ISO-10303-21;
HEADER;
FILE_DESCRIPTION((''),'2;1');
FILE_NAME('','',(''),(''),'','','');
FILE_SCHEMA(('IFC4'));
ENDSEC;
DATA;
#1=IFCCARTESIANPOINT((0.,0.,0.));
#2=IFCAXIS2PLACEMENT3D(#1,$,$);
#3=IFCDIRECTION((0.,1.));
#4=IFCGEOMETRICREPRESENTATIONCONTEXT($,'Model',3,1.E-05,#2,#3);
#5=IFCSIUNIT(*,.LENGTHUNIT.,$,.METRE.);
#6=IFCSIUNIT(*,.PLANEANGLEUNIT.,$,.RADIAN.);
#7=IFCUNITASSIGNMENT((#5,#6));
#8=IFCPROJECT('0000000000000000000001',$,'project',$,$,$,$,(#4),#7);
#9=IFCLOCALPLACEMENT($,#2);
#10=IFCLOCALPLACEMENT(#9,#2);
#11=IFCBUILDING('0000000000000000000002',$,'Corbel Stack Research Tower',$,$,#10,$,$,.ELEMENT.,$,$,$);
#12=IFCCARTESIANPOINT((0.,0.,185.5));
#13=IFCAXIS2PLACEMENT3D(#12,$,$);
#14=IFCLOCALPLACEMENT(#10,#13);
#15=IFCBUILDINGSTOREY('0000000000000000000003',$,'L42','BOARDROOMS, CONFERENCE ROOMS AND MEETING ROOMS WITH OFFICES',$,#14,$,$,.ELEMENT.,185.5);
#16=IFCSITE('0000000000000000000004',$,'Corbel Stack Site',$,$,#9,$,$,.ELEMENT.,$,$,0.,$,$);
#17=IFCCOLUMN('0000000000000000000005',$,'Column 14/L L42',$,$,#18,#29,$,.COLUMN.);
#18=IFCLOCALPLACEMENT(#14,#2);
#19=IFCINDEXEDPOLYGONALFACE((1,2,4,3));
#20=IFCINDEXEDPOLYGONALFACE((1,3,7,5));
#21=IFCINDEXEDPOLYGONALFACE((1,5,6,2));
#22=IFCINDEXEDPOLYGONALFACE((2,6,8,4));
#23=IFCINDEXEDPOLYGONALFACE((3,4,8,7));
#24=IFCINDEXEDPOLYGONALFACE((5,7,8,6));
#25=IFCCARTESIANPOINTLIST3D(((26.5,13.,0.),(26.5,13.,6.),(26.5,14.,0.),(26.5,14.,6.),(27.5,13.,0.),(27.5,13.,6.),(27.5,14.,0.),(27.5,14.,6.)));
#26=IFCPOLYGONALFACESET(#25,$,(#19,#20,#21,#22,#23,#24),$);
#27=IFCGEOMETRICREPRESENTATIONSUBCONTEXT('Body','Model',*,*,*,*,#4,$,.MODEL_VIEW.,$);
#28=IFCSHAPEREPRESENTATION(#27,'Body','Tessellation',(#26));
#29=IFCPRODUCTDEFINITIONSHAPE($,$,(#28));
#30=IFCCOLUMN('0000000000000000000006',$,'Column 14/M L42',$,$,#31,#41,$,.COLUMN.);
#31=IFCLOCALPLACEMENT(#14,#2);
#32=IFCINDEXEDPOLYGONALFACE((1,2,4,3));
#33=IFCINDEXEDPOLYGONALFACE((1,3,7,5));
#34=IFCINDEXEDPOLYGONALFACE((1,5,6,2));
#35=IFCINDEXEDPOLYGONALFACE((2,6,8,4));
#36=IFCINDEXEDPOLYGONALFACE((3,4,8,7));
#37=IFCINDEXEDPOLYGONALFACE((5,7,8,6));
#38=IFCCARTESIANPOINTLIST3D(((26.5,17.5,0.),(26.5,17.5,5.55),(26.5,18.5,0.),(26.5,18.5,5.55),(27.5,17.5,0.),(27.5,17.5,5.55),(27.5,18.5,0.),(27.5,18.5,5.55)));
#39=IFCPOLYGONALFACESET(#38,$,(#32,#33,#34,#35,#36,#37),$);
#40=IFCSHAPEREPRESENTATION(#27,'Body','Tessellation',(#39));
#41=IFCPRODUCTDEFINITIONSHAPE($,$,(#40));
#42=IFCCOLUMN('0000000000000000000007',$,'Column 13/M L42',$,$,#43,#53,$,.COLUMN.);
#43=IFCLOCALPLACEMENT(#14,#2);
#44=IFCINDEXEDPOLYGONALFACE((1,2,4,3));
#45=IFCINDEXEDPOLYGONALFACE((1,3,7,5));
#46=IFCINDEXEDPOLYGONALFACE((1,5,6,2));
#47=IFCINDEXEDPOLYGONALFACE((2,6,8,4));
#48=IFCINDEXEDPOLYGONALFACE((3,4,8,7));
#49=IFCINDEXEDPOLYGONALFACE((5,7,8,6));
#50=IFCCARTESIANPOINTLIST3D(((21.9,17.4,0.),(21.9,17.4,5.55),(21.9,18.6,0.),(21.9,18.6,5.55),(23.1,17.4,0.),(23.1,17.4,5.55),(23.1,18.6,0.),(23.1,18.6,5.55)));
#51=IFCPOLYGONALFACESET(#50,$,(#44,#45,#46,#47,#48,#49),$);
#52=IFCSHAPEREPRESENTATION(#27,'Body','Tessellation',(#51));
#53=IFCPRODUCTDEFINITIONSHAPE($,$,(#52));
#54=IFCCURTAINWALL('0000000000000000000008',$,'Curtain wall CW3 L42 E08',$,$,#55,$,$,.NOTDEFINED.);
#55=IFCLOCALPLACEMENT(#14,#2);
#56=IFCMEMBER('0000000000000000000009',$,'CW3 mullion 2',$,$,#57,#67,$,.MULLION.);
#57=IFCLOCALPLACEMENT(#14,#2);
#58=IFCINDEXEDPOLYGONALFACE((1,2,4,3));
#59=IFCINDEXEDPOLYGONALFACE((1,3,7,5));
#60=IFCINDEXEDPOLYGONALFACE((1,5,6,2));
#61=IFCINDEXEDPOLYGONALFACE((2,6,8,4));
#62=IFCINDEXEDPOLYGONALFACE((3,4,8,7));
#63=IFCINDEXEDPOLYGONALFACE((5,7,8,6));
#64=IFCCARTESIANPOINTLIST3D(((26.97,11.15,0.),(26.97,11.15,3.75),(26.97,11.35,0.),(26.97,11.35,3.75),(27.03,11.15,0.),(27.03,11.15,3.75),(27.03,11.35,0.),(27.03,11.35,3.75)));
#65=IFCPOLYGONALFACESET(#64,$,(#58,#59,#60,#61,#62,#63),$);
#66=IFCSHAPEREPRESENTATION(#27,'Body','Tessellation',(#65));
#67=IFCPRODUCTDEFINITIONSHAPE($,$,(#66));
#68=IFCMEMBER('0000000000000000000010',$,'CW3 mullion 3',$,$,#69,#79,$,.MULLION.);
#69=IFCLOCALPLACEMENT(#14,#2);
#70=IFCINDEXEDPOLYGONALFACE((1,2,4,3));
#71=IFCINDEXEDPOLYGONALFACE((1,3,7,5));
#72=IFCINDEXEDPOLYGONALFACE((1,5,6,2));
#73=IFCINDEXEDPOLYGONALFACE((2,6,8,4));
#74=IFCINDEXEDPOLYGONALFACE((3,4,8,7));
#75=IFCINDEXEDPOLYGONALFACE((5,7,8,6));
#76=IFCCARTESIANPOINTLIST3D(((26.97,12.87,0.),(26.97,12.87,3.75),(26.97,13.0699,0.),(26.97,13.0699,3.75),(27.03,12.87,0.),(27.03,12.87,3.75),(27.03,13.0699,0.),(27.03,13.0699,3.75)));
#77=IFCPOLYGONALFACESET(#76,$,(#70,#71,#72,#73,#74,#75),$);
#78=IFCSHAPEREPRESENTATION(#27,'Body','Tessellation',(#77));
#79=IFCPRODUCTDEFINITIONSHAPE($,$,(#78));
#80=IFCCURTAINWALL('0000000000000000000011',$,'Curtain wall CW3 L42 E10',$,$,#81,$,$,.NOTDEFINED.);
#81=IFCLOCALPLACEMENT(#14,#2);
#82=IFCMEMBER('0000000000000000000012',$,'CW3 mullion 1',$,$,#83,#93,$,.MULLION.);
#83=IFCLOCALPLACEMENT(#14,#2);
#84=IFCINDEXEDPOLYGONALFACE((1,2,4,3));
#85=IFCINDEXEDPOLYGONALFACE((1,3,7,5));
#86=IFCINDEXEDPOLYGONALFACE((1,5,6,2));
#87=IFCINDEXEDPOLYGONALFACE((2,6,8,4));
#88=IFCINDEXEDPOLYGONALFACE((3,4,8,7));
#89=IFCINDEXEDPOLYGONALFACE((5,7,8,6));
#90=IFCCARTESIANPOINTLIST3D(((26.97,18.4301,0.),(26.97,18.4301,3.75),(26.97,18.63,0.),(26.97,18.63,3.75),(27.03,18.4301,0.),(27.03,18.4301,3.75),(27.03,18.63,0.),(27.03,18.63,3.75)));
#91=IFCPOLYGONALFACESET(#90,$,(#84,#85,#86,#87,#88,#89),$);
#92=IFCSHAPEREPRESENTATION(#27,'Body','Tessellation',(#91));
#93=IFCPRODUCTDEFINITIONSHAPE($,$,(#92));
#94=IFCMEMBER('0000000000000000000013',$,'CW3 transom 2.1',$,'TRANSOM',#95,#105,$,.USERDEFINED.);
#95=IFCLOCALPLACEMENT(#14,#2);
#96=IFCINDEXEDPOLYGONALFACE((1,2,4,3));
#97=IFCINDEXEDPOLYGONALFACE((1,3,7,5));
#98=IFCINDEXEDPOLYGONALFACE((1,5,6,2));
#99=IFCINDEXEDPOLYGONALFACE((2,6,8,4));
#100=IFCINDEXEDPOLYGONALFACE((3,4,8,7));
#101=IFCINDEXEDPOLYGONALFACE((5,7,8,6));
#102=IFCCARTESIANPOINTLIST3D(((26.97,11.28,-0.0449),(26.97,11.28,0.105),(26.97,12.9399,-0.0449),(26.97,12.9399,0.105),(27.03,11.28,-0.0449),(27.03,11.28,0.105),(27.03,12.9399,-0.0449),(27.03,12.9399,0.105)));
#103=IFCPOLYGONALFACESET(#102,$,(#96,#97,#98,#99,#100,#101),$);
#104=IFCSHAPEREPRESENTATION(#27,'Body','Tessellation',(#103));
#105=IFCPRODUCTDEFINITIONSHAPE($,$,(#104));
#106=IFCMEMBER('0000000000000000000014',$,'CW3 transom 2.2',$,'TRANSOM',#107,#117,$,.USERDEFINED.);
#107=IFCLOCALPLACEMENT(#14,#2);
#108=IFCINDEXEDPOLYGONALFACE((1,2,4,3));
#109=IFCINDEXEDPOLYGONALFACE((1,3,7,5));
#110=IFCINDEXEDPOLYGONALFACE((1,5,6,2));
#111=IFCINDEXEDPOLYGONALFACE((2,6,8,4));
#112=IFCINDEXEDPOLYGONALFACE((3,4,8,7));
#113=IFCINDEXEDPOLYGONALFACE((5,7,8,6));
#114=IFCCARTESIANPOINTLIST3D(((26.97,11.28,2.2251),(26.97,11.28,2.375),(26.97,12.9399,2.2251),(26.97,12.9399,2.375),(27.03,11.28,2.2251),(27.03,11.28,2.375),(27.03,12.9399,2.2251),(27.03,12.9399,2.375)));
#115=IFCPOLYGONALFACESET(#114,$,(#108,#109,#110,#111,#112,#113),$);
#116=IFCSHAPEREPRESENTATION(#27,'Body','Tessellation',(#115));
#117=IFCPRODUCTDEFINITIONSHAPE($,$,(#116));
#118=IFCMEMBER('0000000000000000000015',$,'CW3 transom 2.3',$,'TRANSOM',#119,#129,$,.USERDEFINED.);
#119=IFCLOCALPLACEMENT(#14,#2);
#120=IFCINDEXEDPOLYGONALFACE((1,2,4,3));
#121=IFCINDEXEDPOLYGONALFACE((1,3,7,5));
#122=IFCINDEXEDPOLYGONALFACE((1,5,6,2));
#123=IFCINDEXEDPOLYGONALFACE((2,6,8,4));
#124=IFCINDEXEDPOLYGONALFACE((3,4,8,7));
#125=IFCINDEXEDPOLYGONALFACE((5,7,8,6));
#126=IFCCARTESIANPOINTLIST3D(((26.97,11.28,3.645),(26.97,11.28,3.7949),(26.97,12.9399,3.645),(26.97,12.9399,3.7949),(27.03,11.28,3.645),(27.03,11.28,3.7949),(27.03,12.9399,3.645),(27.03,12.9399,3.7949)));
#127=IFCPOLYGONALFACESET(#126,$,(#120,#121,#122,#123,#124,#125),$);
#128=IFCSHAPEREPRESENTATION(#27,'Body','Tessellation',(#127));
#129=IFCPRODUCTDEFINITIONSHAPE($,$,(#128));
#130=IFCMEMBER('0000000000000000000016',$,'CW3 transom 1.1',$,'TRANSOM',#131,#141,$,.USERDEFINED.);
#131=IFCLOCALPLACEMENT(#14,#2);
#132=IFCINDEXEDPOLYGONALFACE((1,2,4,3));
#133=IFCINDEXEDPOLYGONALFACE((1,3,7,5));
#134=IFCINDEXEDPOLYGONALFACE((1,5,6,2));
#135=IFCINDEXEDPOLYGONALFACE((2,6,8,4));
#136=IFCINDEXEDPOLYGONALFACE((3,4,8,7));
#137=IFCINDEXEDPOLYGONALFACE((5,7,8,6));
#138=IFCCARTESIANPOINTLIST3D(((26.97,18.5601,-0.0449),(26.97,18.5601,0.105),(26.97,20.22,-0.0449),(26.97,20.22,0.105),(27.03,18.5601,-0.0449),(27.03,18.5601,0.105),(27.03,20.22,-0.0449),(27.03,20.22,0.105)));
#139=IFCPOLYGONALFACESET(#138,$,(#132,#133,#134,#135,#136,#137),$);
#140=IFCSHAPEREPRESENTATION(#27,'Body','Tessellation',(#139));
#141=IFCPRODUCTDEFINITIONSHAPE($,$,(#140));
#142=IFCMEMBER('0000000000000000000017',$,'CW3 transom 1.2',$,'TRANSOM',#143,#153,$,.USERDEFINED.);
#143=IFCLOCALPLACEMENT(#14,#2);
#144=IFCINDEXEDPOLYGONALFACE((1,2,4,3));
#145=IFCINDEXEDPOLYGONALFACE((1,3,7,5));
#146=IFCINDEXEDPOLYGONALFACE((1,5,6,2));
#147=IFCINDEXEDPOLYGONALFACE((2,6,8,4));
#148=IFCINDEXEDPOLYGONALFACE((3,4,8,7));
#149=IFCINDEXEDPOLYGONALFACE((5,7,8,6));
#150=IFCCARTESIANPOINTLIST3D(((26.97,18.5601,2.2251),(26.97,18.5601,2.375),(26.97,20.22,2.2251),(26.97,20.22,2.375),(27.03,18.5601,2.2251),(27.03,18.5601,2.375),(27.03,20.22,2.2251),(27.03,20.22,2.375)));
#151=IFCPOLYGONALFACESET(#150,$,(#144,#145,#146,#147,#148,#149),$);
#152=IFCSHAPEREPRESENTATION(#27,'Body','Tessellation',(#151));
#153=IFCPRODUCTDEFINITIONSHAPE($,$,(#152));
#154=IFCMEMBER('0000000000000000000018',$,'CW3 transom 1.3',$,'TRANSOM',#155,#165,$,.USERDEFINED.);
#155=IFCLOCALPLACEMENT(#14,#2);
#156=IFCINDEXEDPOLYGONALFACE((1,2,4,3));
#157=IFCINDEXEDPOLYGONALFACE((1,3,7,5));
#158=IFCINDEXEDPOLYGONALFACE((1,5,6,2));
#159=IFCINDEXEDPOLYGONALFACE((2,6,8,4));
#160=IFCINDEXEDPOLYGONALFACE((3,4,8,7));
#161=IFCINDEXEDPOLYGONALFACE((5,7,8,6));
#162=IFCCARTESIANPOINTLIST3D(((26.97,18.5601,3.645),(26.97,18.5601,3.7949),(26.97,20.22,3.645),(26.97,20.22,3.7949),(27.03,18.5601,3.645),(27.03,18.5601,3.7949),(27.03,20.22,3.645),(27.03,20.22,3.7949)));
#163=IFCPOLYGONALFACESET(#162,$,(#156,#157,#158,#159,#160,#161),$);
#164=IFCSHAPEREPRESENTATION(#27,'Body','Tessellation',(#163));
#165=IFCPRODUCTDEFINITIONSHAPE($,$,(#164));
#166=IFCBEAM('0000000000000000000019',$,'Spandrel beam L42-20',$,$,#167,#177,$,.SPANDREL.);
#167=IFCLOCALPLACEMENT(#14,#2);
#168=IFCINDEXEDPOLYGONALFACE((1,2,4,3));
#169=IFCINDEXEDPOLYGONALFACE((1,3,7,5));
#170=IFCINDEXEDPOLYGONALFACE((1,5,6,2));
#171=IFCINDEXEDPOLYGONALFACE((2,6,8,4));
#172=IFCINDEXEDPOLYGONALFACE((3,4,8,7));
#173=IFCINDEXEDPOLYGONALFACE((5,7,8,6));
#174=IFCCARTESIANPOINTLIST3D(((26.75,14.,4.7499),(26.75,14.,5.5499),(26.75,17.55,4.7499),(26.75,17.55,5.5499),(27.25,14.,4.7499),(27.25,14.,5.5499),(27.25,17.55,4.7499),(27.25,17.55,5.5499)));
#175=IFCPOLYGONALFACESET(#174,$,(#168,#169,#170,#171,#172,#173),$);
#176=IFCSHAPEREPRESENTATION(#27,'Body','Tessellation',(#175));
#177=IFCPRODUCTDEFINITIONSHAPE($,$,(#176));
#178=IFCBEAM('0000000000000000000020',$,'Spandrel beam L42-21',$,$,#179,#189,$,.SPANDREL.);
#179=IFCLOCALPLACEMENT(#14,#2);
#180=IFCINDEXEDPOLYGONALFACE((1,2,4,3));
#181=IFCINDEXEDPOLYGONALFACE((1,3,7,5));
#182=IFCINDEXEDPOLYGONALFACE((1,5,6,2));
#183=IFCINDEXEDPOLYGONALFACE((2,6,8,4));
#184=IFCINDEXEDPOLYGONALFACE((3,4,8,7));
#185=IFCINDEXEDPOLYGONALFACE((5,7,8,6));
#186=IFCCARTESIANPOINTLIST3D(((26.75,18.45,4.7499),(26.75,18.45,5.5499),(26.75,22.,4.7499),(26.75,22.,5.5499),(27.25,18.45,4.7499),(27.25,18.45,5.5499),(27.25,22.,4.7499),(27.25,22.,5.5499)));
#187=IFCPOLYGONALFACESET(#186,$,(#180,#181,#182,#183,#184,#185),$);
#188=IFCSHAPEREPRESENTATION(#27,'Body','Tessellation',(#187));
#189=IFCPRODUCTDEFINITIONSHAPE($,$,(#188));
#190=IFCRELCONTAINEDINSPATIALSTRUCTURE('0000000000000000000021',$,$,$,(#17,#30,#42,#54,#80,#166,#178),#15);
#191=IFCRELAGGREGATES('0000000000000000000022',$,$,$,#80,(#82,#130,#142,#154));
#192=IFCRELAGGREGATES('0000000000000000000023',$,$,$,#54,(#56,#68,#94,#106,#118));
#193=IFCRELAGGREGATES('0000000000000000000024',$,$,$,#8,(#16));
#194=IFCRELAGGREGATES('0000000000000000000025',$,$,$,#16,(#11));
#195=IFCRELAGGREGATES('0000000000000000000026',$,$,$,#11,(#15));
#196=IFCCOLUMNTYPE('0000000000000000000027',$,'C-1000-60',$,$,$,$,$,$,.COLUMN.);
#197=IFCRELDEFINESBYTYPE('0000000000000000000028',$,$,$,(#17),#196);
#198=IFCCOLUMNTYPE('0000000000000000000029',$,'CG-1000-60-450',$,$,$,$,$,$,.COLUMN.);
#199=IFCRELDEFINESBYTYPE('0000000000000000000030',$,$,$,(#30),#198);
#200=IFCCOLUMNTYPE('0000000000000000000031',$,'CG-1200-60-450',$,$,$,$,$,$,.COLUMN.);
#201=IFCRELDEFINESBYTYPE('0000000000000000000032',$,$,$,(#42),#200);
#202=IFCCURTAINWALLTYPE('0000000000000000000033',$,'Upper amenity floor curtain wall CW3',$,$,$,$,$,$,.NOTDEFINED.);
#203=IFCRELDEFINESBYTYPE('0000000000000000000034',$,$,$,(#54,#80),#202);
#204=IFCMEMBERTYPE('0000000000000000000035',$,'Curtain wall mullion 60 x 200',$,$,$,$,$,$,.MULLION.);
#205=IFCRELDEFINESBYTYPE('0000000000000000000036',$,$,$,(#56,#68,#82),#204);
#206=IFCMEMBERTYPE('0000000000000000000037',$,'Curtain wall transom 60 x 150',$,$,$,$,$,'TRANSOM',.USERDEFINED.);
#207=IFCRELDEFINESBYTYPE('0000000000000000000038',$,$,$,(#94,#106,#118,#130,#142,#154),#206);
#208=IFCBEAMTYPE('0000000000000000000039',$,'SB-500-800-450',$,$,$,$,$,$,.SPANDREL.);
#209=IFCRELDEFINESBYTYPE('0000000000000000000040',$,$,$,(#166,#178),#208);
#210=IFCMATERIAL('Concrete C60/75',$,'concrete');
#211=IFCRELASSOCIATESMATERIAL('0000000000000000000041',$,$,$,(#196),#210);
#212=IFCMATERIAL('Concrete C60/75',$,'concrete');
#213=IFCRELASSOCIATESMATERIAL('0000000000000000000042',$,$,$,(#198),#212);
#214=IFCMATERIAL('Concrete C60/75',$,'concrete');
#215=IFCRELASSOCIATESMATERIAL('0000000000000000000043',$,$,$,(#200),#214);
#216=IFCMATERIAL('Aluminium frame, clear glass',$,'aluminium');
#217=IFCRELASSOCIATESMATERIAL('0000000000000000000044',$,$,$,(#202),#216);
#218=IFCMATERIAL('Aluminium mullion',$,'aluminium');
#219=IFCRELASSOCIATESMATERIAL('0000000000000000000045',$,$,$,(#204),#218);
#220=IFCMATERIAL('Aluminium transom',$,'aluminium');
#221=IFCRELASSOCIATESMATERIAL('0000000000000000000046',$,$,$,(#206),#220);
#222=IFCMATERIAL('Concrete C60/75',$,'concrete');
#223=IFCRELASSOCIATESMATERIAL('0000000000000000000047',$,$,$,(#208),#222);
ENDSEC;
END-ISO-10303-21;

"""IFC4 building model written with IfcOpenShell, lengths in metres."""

from ifc_helpers import new_model, si_unit, direction, frame, origin, origin_2d, place, context, subcontext, project, spatial, rectangle, extrude, material, material_profile, profile_set, type_object, element, aggregate, save


model = new_model("IFC4")

# Units and contexts
model_context = context("Model", 3, precision=1e-05, world=origin(), true_north=direction((0.0, 1.0)))
body_context = subcontext(model_context, "Body", "Model", "MODEL_VIEW")
ifc_project = project(units=[si_unit("LENGTHUNIT", "METRE"), si_unit("PLANEANGLEUNIT", "RADIAN")], contexts=[model_context])

# Site, building, storey
site_placement = place(None, origin())
site = spatial("IfcSite", under=ifc_project, at=site_placement, Name="Corbel Stack Site", CompositionType="ELEMENT", RefElevation=0.0)
building_placement = place(site_placement, origin())
building = spatial("IfcBuilding", under=site, at=building_placement, Name="Corbel Stack Research Tower", CompositionType="ELEMENT")
storey_placement = place(building_placement, frame((0.0, 0.0, 185.5)))
storey = spatial("IfcBuildingStorey", under=building, at=storey_placement, Name="L42", Description="BOARDROOMS, CONFERENCE ROOMS AND MEETING ROOMS WITH OFFICES", CompositionType="ELEMENT", Elevation=185.5)

# Columns
ifc_material_1 = material(Name="Concrete C60/75", Category="concrete")
ifc_material_profile_1 = material_profile(ifc_material_1, rectangle(XDim=1.0, YDim=1.0, at=origin_2d()), Name="RC 1000 x 1000")
ifc_profile_set_1 = profile_set([ifc_material_profile_1], Name="Concrete C60/75")
column_type_1 = type_object("IfcColumnType", Name="C-1000-60", PredefinedType="COLUMN", material=ifc_profile_set_1)
column_1_placement = place(storey_placement, frame((27.0, 13.5, 0.0), z_axis=(0.0, 0.0, 1.0), x_axis=(1.0, 0.0, 0.0)))
element("IfcColumn", 1, at=column_1_placement, inside=storey, type_object=column_type_1, Name="Column 14/L L42", PredefinedType="COLUMN", context=body_context, shape_type="SweptSolid", body=[
    extrude(rectangle(XDim=1.0, YDim=1.0, at=origin_2d()), origin(), (0.0, 0.0, 1.0), 6.0),
])
ifc_material_2 = material(Name="Concrete C60/75", Category="concrete")
ifc_material_profile_2 = material_profile(ifc_material_2, rectangle(XDim=1.0, YDim=1.0, at=origin_2d()), Name="RC 1000 x 1000")
ifc_profile_set_2 = profile_set([ifc_material_profile_2], Name="Concrete C60/75")
column_type_2 = type_object("IfcColumnType", Name="CG-1000-60-450", PredefinedType="COLUMN", material=ifc_profile_set_2)
column_2_placement = place(storey_placement, frame((27.0, 18.0, 0.0), z_axis=(0.0, 0.0, 1.0), x_axis=(1.0, 0.0, 0.0)))
element("IfcColumn", 2, at=column_2_placement, inside=storey, type_object=column_type_2, Name="Column 14/M L42", PredefinedType="COLUMN", context=body_context, shape_type="SweptSolid", body=[
    extrude(rectangle(XDim=1.0, YDim=1.0, at=origin_2d()), origin(), (0.0, 0.0, 1.0), 5.55),
])
ifc_material_3 = material(Name="Concrete C60/75", Category="concrete")
ifc_material_profile_3 = material_profile(ifc_material_3, rectangle(XDim=1.2, YDim=1.2, at=origin_2d()), Name="RC 1200 x 1200")
ifc_profile_set_3 = profile_set([ifc_material_profile_3], Name="Concrete C60/75")
column_type_3 = type_object("IfcColumnType", Name="CG-1200-60-450", PredefinedType="COLUMN", material=ifc_profile_set_3)
column_3_placement = place(storey_placement, frame((22.5, 18.0, 0.0), z_axis=(0.0, 0.0, 1.0), x_axis=(1.0, 0.0, 0.0)))
element("IfcColumn", 3, at=column_3_placement, inside=storey, type_object=column_type_3, Name="Column 13/M L42", PredefinedType="COLUMN", context=body_context, shape_type="SweptSolid", body=[
    extrude(rectangle(XDim=1.2, YDim=1.2, at=origin_2d()), origin(), (0.0, 0.0, 1.0), 5.55),
])

# Curtain wall, members
ifc_material_4 = material(Name="Aluminium frame, clear glass", Category="aluminium")
curtain_wall_type = type_object("IfcCurtainWallType", Name="Upper amenity floor curtain wall CW3", PredefinedType="NOTDEFINED", material=ifc_material_4)
curtain_wall_1_placement = place(storey_placement, origin())
curtain_wall_1 = element("IfcCurtainWall", 4, at=curtain_wall_1_placement, inside=storey, type_object=curtain_wall_type, Name="Curtain wall CW3 L42 E08", PredefinedType="NOTDEFINED")
ifc_material_5 = material(Name="Aluminium mullion", Category="aluminium")
ifc_material_profile_4 = material_profile(ifc_material_5, rectangle(XDim=0.0601, YDim=0.2, at=origin_2d()), Name="Mullion 60 x 200")
ifc_profile_set_4 = profile_set([ifc_material_profile_4], Name="Aluminium mullion")
member_type_1 = type_object("IfcMemberType", Name="Curtain wall mullion 60 x 200", PredefinedType="MULLION", material=ifc_profile_set_4)
member_1_placement = place(storey_placement, frame((27.0, 11.25, 0.0), z_axis=(0.0, 0.0, 1.0), x_axis=(-1.0, 0.0, 0.0)))
member_1 = element("IfcMember", 5, at=member_1_placement, type_object=member_type_1, Name="CW3 mullion 2", PredefinedType="MULLION", context=body_context, shape_type="SweptSolid", body=[
    extrude(rectangle(XDim=0.0601, YDim=0.2, at=origin_2d()), origin(), (0.0, 0.0, 1.0), 3.75),
])
member_2_placement = place(storey_placement, frame((27.0, 12.97, 0.0), z_axis=(0.0, 0.0, 1.0), x_axis=(-1.0, 0.0, 0.0)))
member_2 = element("IfcMember", 6, at=member_2_placement, type_object=member_type_1, Name="CW3 mullion 3", PredefinedType="MULLION", context=body_context, shape_type="SweptSolid", body=[
    extrude(rectangle(XDim=0.0601, YDim=0.2, at=origin_2d()), origin(), (0.0, 0.0, 1.0), 3.75),
])

# Curtain wall, member
curtain_wall_2_placement = place(storey_placement, origin())
curtain_wall_2 = element("IfcCurtainWall", 7, at=curtain_wall_2_placement, inside=storey, type_object=curtain_wall_type, Name="Curtain wall CW3 L42 E10", PredefinedType="NOTDEFINED")
member_3_placement = place(storey_placement, frame((27.0, 18.53, 0.0), z_axis=(0.0, 0.0, 1.0), x_axis=(-1.0, 0.0, 0.0)))
member_3 = element("IfcMember", 8, at=member_3_placement, type_object=member_type_1, Name="CW3 mullion 1", PredefinedType="MULLION", context=body_context, shape_type="SweptSolid", body=[
    extrude(rectangle(XDim=0.0601, YDim=0.2, at=origin_2d()), origin(), (0.0, 0.0, 1.0), 3.75),
])

# Members
ifc_material_6 = material(Name="Aluminium transom", Category="aluminium")
ifc_material_profile_5 = material_profile(ifc_material_6, rectangle(XDim=0.0601, YDim=0.1499, at=origin_2d()), Name="Transom 60 x 150")
ifc_profile_set_5 = profile_set([ifc_material_profile_5], Name="Aluminium transom")
member_type_2 = type_object("IfcMemberType", Name="Curtain wall transom 60 x 150", ElementType="TRANSOM", PredefinedType="USERDEFINED", material=ifc_profile_set_5)
member_4_placement = place(storey_placement, frame((27.0, 11.28, 0.03), z_axis=(0.0, 1.0, 0.0), x_axis=(-1.0, 0.0, 0.0)))
member_4 = element("IfcMember", 9, at=member_4_placement, type_object=member_type_2, Name="CW3 transom 2.1", ObjectType="TRANSOM", PredefinedType="USERDEFINED", context=body_context, shape_type="SweptSolid", body=[
    extrude(rectangle(XDim=0.0601, YDim=0.1499, at=origin_2d()), origin(), (0.0, 0.0, 1.0), 1.6599),
])
member_5_placement = place(storey_placement, frame((27.0, 11.28, 2.3), z_axis=(0.0, 1.0, 0.0), x_axis=(-1.0, 0.0, 0.0)))
member_5 = element("IfcMember", 10, at=member_5_placement, type_object=member_type_2, Name="CW3 transom 2.2", ObjectType="TRANSOM", PredefinedType="USERDEFINED", context=body_context, shape_type="SweptSolid", body=[
    extrude(rectangle(XDim=0.0601, YDim=0.1499, at=origin_2d()), origin(), (0.0, 0.0, 1.0), 1.6599),
])
member_6_placement = place(storey_placement, frame((27.0, 11.28, 3.72), z_axis=(0.0, 1.0, 0.0), x_axis=(-1.0, 0.0, 0.0)))
member_6 = element("IfcMember", 11, at=member_6_placement, type_object=member_type_2, Name="CW3 transom 2.3", ObjectType="TRANSOM", PredefinedType="USERDEFINED", context=body_context, shape_type="SweptSolid", body=[
    extrude(rectangle(XDim=0.0601, YDim=0.1499, at=origin_2d()), origin(), (0.0, 0.0, 1.0), 1.6599),
])
member_7_placement = place(storey_placement, frame((27.0, 18.5601, 0.03), z_axis=(0.0, 1.0, 0.0), x_axis=(-1.0, 0.0, 0.0)))
member_7 = element("IfcMember", 12, at=member_7_placement, type_object=member_type_2, Name="CW3 transom 1.1", ObjectType="TRANSOM", PredefinedType="USERDEFINED", context=body_context, shape_type="SweptSolid", body=[
    extrude(rectangle(XDim=0.0601, YDim=0.1499, at=origin_2d()), origin(), (0.0, 0.0, 1.0), 1.6599),
])
member_8_placement = place(storey_placement, frame((27.0, 18.5601, 2.3), z_axis=(0.0, 1.0, 0.0), x_axis=(-1.0, 0.0, 0.0)))
member_8 = element("IfcMember", 13, at=member_8_placement, type_object=member_type_2, Name="CW3 transom 1.2", ObjectType="TRANSOM", PredefinedType="USERDEFINED", context=body_context, shape_type="SweptSolid", body=[
    extrude(rectangle(XDim=0.0601, YDim=0.1499, at=origin_2d()), origin(), (0.0, 0.0, 1.0), 1.6599),
])
member_9_placement = place(storey_placement, frame((27.0, 18.5601, 3.72), z_axis=(0.0, 1.0, 0.0), x_axis=(-1.0, 0.0, 0.0)))
member_9 = element("IfcMember", 14, at=member_9_placement, type_object=member_type_2, Name="CW3 transom 1.3", ObjectType="TRANSOM", PredefinedType="USERDEFINED", context=body_context, shape_type="SweptSolid", body=[
    extrude(rectangle(XDim=0.0601, YDim=0.1499, at=origin_2d()), origin(), (0.0, 0.0, 1.0), 1.6599),
])
aggregate(curtain_wall_2, [member_3, member_7, member_8, member_9])

# Beams
ifc_material_7 = material(Name="Concrete C60/75", Category="concrete")
ifc_material_profile_6 = material_profile(ifc_material_7, rectangle(XDim=0.5, YDim=0.8, at=origin_2d()), Name="RC 500 x 800")
ifc_profile_set_6 = profile_set([ifc_material_profile_6], Name="Concrete C60/75")
beam_type_1 = type_object("IfcBeamType", Name="SB-500-800-450", PredefinedType="SPANDREL", material=ifc_profile_set_6)
for number, where, z_axis, x_axis, name in (
    (15, (27.0, 14.0, 5.1499), (0.0, 1.0, 0.0), (-1.0, 0.0, 0.0), "Spandrel beam L42-20"),
    (16, (27.0, 18.45, 5.1499), (0.0, 1.0, 0.0), (-1.0, 0.0, 0.0), "Spandrel beam L42-21"),
):
    element("IfcBeam", number, at=place(storey_placement, frame(where, z_axis=z_axis, x_axis=x_axis)), inside=storey, type_object=beam_type_1, Name=name, PredefinedType="SPANDREL", context=body_context, shape_type="SweptSolid", body=[
        extrude(rectangle(XDim=0.5, YDim=0.8, at=origin_2d()), origin(), (0.0, 0.0, 1.0), 3.55),
    ])

aggregate(curtain_wall_1, [member_1, member_2, member_4, member_5, member_6])

save(model, "model.ifc")
